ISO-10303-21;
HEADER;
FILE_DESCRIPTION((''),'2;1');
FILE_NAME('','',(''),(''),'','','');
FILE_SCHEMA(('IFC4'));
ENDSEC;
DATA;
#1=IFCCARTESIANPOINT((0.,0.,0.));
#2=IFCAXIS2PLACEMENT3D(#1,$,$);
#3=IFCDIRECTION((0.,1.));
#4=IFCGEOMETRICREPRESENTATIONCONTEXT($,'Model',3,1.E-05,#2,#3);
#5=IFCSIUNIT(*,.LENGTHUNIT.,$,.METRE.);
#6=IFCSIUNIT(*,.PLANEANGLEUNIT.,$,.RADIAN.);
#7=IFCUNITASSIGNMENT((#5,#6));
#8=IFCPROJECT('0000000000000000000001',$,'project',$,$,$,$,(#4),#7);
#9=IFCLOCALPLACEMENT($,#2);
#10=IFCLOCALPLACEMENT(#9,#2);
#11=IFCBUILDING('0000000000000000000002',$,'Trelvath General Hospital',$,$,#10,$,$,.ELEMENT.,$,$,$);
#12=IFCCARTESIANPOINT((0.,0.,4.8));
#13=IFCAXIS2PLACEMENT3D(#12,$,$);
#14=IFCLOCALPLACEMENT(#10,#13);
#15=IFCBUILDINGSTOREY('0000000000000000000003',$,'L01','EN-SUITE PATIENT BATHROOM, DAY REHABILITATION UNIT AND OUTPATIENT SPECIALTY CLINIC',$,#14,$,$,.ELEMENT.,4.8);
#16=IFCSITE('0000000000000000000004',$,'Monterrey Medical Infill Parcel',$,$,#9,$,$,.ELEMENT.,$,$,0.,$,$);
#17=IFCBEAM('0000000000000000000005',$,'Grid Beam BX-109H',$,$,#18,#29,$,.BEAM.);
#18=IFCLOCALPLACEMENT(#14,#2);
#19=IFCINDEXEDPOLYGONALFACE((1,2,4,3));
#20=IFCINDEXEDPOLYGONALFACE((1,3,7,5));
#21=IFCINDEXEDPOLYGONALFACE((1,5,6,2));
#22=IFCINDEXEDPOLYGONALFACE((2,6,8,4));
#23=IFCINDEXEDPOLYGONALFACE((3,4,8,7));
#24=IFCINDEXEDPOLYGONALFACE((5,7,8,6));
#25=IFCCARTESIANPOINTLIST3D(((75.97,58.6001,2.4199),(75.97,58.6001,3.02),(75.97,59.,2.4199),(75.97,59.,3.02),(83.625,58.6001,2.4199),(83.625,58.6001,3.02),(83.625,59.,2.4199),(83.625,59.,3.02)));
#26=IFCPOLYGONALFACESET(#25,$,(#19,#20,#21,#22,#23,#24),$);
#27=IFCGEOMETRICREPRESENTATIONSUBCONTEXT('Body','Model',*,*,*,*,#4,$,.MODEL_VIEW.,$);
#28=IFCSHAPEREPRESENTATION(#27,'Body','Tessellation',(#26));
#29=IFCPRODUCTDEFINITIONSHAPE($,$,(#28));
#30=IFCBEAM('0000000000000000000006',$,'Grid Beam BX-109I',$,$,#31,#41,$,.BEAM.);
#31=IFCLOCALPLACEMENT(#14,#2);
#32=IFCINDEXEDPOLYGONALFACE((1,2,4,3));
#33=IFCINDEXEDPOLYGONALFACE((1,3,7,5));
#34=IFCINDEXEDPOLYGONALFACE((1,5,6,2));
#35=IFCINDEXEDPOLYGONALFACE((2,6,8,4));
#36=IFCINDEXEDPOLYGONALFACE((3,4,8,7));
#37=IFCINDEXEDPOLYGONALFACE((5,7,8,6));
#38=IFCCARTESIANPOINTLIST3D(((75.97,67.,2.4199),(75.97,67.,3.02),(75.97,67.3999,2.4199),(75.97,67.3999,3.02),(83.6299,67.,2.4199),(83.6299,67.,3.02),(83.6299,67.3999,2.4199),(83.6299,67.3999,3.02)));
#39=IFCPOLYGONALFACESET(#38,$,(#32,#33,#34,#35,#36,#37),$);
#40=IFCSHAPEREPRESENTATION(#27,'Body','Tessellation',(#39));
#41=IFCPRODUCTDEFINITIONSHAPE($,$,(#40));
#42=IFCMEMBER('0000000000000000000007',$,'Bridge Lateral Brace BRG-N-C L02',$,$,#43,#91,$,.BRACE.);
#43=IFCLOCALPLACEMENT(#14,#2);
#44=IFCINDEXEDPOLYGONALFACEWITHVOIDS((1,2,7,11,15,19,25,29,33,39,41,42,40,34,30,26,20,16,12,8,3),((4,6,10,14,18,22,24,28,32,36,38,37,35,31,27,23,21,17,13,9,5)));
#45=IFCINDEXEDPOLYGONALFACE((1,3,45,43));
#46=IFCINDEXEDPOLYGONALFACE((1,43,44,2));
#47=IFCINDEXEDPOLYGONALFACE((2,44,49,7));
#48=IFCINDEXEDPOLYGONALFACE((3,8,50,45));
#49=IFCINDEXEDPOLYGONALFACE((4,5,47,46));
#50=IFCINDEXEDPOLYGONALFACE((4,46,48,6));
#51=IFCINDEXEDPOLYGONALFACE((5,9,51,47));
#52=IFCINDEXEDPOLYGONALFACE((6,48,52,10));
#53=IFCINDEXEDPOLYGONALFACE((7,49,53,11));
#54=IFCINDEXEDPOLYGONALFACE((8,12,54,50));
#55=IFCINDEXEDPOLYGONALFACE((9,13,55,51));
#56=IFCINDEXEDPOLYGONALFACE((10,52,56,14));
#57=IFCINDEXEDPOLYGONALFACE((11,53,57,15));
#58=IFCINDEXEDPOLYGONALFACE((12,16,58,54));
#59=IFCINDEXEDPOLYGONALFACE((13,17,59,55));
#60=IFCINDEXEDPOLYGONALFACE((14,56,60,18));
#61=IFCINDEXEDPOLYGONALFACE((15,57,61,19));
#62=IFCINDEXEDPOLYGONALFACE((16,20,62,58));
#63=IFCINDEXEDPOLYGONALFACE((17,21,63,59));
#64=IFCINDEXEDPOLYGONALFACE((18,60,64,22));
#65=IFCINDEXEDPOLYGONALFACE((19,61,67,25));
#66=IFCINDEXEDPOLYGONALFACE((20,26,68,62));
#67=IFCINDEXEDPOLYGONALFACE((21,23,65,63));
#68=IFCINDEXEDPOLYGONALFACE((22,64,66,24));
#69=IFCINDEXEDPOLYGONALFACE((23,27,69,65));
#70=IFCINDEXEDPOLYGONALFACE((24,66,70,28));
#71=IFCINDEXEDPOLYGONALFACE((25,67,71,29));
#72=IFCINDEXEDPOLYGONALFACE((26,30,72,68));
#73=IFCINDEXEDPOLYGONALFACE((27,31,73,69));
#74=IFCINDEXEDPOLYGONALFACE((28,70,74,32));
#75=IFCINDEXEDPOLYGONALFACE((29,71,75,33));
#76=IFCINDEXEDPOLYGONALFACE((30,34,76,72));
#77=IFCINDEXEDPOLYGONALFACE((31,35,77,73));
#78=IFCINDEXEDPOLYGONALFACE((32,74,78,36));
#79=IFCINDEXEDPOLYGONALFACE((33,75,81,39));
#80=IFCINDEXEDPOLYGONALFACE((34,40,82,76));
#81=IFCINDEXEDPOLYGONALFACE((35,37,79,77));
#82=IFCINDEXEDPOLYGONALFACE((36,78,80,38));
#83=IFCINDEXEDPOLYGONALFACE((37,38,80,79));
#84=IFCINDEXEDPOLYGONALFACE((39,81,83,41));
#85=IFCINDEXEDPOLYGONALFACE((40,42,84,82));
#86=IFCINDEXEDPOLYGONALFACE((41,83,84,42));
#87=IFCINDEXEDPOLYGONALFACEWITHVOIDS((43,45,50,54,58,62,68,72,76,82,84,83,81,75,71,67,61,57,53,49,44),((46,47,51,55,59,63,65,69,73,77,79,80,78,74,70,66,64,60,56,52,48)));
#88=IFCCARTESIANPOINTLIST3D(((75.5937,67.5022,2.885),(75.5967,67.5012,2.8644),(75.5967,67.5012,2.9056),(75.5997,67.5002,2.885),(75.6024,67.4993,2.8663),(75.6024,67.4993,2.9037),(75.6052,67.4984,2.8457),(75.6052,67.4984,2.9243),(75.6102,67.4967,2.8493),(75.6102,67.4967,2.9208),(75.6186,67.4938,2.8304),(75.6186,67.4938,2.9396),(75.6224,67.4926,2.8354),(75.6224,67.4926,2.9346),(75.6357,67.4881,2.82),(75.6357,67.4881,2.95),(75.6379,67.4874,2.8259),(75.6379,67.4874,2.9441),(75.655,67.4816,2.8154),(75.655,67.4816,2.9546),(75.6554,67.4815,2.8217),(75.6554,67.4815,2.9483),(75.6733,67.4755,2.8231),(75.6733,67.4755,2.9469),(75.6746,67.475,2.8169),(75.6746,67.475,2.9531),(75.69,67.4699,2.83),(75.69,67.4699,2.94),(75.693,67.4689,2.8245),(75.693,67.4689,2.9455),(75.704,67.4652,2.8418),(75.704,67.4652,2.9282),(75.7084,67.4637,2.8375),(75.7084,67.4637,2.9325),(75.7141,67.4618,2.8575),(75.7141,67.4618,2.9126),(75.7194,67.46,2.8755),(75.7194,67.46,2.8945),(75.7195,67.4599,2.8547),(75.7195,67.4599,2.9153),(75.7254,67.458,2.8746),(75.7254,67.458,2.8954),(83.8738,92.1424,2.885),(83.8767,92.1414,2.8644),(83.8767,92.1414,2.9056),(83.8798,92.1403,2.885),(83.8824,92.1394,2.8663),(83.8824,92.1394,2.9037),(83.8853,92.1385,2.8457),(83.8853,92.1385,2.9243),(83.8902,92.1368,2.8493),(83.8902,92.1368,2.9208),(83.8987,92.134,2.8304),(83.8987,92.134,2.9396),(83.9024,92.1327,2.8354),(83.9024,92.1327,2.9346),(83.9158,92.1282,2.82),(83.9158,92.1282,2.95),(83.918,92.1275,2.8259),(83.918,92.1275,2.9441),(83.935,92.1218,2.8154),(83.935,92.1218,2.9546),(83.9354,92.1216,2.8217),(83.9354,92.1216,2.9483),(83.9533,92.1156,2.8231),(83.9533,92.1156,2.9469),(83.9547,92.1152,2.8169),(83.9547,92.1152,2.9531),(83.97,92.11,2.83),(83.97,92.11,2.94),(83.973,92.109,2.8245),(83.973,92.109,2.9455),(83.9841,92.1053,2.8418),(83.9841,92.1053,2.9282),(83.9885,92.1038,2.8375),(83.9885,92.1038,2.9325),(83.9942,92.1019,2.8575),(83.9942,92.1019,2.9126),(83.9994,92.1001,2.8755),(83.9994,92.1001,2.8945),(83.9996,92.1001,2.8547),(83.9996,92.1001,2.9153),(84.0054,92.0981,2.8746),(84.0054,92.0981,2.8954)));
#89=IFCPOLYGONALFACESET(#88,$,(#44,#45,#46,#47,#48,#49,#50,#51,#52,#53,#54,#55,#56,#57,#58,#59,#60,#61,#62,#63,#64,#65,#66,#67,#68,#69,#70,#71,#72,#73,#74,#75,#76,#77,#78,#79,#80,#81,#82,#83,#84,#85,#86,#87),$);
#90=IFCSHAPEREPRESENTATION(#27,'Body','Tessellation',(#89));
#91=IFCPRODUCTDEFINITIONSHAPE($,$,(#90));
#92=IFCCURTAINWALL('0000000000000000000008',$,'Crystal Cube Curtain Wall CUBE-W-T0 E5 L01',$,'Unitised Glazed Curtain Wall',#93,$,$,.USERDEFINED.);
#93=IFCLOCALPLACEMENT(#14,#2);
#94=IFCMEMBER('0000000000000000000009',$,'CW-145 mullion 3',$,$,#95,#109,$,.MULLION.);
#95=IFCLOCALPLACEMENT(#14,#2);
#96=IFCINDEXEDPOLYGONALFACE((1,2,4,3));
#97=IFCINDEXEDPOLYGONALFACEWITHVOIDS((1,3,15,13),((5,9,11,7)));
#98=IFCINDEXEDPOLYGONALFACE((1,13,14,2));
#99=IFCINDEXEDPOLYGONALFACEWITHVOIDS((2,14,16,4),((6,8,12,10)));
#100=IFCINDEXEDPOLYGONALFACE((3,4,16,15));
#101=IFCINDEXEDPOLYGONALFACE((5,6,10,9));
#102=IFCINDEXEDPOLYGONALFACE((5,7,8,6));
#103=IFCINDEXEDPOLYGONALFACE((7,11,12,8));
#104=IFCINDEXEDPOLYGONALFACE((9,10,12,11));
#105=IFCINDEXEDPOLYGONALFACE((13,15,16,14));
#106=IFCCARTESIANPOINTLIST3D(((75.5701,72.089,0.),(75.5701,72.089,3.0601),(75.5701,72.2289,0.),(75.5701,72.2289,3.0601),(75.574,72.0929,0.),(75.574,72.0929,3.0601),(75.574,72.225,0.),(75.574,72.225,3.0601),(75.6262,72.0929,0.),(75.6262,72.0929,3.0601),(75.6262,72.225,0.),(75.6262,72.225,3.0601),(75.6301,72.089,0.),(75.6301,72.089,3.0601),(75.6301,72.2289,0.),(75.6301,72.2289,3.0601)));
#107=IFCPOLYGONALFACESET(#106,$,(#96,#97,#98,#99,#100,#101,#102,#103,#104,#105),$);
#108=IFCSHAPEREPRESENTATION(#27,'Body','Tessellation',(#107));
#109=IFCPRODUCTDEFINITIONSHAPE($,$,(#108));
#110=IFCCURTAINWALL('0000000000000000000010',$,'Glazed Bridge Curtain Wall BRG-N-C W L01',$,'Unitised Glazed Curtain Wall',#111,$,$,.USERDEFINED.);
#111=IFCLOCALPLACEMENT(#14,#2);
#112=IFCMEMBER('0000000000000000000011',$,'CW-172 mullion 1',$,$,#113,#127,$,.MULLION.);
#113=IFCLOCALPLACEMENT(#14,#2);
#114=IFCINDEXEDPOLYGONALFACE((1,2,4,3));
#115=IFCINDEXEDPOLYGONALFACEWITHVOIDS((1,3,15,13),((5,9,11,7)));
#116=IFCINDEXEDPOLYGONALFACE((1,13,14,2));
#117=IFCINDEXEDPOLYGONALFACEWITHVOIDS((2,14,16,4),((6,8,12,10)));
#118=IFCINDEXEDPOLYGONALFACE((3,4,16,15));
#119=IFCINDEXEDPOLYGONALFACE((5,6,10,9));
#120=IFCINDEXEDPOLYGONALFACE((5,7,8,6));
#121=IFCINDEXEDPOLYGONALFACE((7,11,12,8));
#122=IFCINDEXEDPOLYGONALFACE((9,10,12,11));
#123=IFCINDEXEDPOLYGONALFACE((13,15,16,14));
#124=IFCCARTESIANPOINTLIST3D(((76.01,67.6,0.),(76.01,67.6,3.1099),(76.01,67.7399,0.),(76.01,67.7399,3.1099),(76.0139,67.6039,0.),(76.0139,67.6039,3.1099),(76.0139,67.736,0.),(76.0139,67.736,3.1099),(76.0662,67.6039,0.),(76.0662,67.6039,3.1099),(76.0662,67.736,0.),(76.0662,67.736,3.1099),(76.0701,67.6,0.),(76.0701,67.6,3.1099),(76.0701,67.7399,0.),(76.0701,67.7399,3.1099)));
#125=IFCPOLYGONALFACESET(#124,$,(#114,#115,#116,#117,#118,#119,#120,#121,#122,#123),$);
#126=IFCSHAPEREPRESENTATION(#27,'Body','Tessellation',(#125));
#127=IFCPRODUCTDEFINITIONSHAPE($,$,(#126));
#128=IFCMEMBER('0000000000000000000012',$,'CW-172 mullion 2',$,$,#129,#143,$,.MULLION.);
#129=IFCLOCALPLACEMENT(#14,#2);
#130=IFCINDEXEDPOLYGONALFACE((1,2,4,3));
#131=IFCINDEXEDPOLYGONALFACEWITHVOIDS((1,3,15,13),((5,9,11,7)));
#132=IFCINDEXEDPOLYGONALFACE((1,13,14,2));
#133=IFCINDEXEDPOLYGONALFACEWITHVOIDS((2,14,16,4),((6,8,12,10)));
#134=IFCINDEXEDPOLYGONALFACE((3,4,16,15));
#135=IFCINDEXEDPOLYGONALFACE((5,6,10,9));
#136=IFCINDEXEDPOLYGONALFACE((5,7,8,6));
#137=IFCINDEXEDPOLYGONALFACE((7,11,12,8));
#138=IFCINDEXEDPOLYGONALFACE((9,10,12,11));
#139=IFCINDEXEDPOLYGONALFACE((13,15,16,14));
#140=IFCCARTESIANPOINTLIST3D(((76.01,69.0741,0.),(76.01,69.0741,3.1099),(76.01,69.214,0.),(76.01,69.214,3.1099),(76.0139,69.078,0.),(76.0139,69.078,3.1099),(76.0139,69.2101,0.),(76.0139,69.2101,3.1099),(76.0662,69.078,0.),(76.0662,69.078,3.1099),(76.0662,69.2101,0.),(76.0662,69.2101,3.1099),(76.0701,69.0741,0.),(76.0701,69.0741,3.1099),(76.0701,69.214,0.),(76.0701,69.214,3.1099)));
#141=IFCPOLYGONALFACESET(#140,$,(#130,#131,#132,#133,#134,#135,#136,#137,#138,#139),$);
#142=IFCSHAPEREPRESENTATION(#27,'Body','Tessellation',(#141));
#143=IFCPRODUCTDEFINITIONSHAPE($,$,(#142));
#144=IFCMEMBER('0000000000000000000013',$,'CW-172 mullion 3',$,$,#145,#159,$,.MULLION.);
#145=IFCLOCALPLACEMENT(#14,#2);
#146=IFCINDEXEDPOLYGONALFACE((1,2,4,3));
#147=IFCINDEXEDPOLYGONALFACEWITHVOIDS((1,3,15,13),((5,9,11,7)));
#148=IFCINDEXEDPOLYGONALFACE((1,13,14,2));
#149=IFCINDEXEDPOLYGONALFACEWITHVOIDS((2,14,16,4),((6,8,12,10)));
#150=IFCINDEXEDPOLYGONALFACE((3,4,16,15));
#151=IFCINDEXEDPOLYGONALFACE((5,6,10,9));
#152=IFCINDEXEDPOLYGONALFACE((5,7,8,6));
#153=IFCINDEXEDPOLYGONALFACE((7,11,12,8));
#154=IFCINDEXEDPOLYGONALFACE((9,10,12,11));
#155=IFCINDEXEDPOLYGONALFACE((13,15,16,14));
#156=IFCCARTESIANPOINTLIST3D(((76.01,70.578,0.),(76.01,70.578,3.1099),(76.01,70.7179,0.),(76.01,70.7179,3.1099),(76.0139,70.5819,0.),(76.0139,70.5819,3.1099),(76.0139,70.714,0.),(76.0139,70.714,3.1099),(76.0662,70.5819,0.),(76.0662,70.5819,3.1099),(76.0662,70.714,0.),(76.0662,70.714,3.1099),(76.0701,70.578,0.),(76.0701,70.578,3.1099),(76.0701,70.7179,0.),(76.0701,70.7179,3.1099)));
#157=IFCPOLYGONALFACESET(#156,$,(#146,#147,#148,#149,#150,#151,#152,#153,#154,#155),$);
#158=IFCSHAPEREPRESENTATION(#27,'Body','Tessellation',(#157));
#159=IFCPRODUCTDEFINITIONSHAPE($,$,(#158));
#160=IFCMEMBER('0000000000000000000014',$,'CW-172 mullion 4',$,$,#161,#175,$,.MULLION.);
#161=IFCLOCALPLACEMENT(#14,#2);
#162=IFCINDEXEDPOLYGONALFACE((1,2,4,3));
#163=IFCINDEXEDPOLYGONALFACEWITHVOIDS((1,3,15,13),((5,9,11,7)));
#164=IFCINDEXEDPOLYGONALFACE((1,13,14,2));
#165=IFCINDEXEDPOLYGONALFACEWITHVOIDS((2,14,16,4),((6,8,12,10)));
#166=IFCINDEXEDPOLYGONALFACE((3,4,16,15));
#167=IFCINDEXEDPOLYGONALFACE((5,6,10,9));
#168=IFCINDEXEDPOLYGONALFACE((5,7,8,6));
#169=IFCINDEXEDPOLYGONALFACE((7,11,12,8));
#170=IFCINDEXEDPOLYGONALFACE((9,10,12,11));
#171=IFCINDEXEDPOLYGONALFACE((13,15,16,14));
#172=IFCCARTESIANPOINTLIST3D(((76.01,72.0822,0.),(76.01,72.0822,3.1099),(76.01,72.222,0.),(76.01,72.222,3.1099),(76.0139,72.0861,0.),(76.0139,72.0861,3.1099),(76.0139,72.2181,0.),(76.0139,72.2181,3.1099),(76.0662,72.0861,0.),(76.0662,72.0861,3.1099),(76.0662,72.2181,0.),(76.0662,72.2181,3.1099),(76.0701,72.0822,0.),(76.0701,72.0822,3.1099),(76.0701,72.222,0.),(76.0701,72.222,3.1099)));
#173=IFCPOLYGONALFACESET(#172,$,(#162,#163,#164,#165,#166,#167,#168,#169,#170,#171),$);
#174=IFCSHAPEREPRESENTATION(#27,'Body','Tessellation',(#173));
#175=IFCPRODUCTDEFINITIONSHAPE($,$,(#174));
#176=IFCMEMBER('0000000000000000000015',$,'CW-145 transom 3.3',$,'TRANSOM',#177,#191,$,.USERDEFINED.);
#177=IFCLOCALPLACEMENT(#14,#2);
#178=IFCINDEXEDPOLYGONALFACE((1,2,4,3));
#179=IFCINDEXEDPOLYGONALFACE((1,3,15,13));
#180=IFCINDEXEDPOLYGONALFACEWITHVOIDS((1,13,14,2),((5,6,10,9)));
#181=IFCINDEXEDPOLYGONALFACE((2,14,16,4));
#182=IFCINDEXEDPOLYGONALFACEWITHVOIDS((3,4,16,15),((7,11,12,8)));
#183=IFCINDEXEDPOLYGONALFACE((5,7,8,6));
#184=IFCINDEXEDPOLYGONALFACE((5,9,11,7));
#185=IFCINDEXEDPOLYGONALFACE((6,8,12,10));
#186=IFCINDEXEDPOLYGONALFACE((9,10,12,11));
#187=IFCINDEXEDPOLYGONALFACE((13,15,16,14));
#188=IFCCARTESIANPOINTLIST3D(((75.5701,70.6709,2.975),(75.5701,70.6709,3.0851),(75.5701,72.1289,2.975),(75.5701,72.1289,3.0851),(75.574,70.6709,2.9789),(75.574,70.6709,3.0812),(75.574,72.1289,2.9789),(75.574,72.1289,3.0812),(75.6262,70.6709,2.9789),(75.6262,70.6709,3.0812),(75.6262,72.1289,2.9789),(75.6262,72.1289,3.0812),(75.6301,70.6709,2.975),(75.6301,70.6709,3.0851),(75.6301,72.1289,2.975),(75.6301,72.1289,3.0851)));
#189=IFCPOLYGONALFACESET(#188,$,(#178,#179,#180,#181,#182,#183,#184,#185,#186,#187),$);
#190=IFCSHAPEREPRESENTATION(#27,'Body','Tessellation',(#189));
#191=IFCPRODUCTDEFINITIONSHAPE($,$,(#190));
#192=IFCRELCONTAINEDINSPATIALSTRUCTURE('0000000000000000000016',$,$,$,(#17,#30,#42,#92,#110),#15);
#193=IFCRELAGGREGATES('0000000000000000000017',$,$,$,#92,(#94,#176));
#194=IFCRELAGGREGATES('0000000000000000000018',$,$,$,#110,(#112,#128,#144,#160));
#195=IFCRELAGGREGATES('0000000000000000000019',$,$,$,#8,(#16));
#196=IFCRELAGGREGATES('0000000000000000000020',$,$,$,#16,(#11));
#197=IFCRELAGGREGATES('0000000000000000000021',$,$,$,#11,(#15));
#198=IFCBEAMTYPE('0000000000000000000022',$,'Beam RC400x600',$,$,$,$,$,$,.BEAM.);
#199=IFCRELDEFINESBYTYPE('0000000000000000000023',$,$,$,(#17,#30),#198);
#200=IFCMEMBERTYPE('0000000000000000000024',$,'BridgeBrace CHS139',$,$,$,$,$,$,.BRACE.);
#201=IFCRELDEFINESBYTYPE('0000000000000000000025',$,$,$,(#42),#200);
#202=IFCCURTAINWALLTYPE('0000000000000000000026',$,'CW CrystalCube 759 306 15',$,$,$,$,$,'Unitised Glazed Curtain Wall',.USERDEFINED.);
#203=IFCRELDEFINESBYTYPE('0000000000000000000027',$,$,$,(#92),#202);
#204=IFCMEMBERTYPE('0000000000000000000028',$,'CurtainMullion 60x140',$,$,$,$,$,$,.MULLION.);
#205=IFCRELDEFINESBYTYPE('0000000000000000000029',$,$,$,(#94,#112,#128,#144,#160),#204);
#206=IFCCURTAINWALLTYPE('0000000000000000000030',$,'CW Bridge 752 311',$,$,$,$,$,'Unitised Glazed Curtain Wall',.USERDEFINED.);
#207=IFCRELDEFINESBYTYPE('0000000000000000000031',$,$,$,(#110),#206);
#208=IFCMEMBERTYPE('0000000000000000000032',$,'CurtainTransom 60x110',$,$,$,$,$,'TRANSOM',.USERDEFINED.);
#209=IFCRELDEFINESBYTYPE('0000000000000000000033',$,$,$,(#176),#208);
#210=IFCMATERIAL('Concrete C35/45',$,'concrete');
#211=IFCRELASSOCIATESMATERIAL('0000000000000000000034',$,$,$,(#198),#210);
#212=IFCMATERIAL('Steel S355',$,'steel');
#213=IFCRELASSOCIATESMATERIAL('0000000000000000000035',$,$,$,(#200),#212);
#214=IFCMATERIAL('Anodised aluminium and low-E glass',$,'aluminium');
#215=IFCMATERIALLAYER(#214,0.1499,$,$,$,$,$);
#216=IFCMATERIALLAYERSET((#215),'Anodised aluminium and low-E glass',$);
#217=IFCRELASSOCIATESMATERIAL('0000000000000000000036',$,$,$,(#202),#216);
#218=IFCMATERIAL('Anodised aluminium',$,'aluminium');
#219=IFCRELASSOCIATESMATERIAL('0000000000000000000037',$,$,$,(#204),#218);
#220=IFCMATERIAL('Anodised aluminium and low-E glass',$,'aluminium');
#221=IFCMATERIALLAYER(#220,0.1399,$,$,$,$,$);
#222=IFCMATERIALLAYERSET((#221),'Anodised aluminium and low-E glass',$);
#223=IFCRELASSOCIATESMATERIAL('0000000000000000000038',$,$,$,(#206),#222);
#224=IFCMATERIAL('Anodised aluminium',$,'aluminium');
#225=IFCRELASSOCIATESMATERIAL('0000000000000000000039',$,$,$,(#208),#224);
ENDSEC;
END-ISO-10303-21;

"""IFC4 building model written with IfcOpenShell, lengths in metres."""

from ifc_helpers import new_model, si_unit, direction, frame, origin, origin_2d, place, context, subcontext, project, spatial, rectangle, hollow_rectangle, hollow_circle, extrude, material, layer, layer_set, material_profile, profile_set, type_object, element, aggregate, save


model = new_model("IFC4")

# Units and contexts
model_context = context("Model", 3, precision=1e-05, world=origin(), true_north=direction((0.0, 1.0)))
body_context = subcontext(model_context, "Body", "Model", "MODEL_VIEW")
ifc_project = project(units=[si_unit("LENGTHUNIT", "METRE"), si_unit("PLANEANGLEUNIT", "RADIAN")], contexts=[model_context])

# Site, building, storey
site_placement = place(None, origin())
site = spatial("IfcSite", under=ifc_project, at=site_placement, Name="Monterrey Medical Infill Parcel", CompositionType="ELEMENT", RefElevation=0.0)
building_placement = place(site_placement, origin())
building = spatial("IfcBuilding", under=site, at=building_placement, Name="Trelvath General Hospital", CompositionType="ELEMENT")
storey_placement = place(building_placement, frame((0.0, 0.0, 4.8)))
storey = spatial("IfcBuildingStorey", under=building, at=storey_placement, Name="L01", Description="EN-SUITE PATIENT BATHROOM, DAY REHABILITATION UNIT AND OUTPATIENT SPECIALTY CLINIC", CompositionType="ELEMENT", Elevation=4.8)

# Beams
ifc_material_1 = material(Name="Concrete C35/45", Category="concrete")
ifc_material_profile_1 = material_profile(ifc_material_1, rectangle(XDim=0.3999, YDim=0.6001, at=origin_2d()), Name="RCB400x600")
ifc_profile_set_1 = profile_set([ifc_material_profile_1], Name="Concrete C35/45")
beam_type = type_object("IfcBeamType", Name="Beam RC400x600", PredefinedType="BEAM", material=ifc_profile_set_1)
beam_1_placement = place(storey_placement, frame((75.97, 58.8, 2.72), z_axis=(1.0, 0.0, 0.0), x_axis=(0.0, 1.0, 0.0)))
element("IfcBeam", 1, at=beam_1_placement, inside=storey, type_object=beam_type, Name="Grid Beam BX-109H", PredefinedType="BEAM", context=body_context, shape_type="SweptSolid", body=[
    extrude(rectangle(XDim=0.3999, YDim=0.6001, at=origin_2d()), origin(), (0.0, 0.0, 1.0), 7.655),
])
beam_2_placement = place(storey_placement, frame((75.97, 67.2, 2.72), z_axis=(1.0, 0.0, 0.0), x_axis=(0.0, 1.0, 0.0)))
element("IfcBeam", 2, at=beam_2_placement, inside=storey, type_object=beam_type, Name="Grid Beam BX-109I", PredefinedType="BEAM", context=body_context, shape_type="SweptSolid", body=[
    extrude(rectangle(XDim=0.3999, YDim=0.6001, at=origin_2d()), origin(), (0.0, 0.0, 1.0), 7.6599),
])

# Member
ifc_material_2 = material(Name="Steel S355", Category="steel")
ifc_material_profile_2 = material_profile(ifc_material_2, hollow_circle(Radius=0.0698, WallThickness=0.0063, at=origin_2d()), Name="CHS139.7x6.3")
ifc_profile_set_2 = profile_set([ifc_material_profile_2], Name="Steel S355")
member_type_1 = type_object("IfcMemberType", Name="BridgeBrace CHS139", PredefinedType="BRACE", material=ifc_profile_set_2)
member_1_placement = place(storey_placement, frame((75.6599, 67.48, 2.885), z_axis=(0.318534, 0.947911, 0.0), x_axis=(-0.947911, 0.318534, 0.0)))
element("IfcMember", 3, at=member_1_placement, inside=storey, type_object=member_type_1, Name="Bridge Lateral Brace BRG-N-C L02", PredefinedType="BRACE", context=body_context, shape_type="SweptSolid", body=[
    extrude(hollow_circle(Radius=0.0698, WallThickness=0.0063, at=origin_2d()), origin(), (0.0, 0.0, 1.0), 25.9941),
])

# Curtain wall, member
ifc_material_3 = material(Name="Anodised aluminium and low-E glass", Category="aluminium")
ifc_layer_1 = layer(ifc_material_3, 0.1499)
ifc_layer_set_1 = layer_set([ifc_layer_1], Name="Anodised aluminium and low-E glass")
curtain_wall_type_1 = type_object("IfcCurtainWallType", Name="CW CrystalCube 759 306 15", ElementType="Unitised Glazed Curtain Wall", PredefinedType="USERDEFINED", material=ifc_layer_set_1)
curtain_wall_1_placement = place(storey_placement, origin())
curtain_wall_1 = element("IfcCurtainWall", 4, at=curtain_wall_1_placement, inside=storey, type_object=curtain_wall_type_1, Name="Crystal Cube Curtain Wall CUBE-W-T0 E5 L01", ObjectType="Unitised Glazed Curtain Wall", PredefinedType="USERDEFINED")
ifc_material_4 = material(Name="Anodised aluminium", Category="aluminium")
ifc_material_profile_3 = material_profile(ifc_material_4, hollow_rectangle(XDim=0.0601, YDim=0.1399, WallThickness=0.0039, at=origin_2d()), Name="RHS60x140x4")
ifc_profile_set_3 = profile_set([ifc_material_profile_3], Name="Anodised aluminium")
member_type_2 = type_object("IfcMemberType", Name="CurtainMullion 60x140", PredefinedType="MULLION", material=ifc_profile_set_3)
member_2_placement = place(storey_placement, frame((75.6001, 72.1589, 0.0), z_axis=(0.0, 0.0, 1.0), x_axis=(1.0, 0.0, 0.0)))
member_2 = element("IfcMember", 5, at=member_2_placement, type_object=member_type_2, Name="CW-145 mullion 3", PredefinedType="MULLION", context=body_context, shape_type="SweptSolid", body=[
    extrude(hollow_rectangle(XDim=0.0601, YDim=0.1399, WallThickness=0.0039, at=origin_2d()), origin(), (0.0, 0.0, 1.0), 3.0601),
])

# Curtain wall, members
ifc_material_5 = material(Name="Anodised aluminium and low-E glass", Category="aluminium")
ifc_layer_2 = layer(ifc_material_5, 0.1399)
ifc_layer_set_2 = layer_set([ifc_layer_2], Name="Anodised aluminium and low-E glass")
curtain_wall_type_2 = type_object("IfcCurtainWallType", Name="CW Bridge 752 311", ElementType="Unitised Glazed Curtain Wall", PredefinedType="USERDEFINED", material=ifc_layer_set_2)
curtain_wall_2_placement = place(storey_placement, origin())
curtain_wall_2 = element("IfcCurtainWall", 6, at=curtain_wall_2_placement, inside=storey, type_object=curtain_wall_type_2, Name="Glazed Bridge Curtain Wall BRG-N-C W L01", ObjectType="Unitised Glazed Curtain Wall", PredefinedType="USERDEFINED")
member_3_placement = place(storey_placement, frame((76.04, 67.6699, 0.0), z_axis=(0.0, 0.0, 1.0), x_axis=(-1.0, 0.0, 0.0)))
member_3 = element("IfcMember", 7, at=member_3_placement, type_object=member_type_2, Name="CW-172 mullion 1", PredefinedType="MULLION", context=body_context, shape_type="SweptSolid", body=[
    extrude(hollow_rectangle(XDim=0.0601, YDim=0.1399, WallThickness=0.0039, at=origin_2d()), origin(), (0.0, 0.0, 1.0), 3.1099),
])
member_4_placement = place(storey_placement, frame((76.04, 69.144, 0.0), z_axis=(0.0, 0.0, 1.0), x_axis=(-1.0, 0.0, 0.0)))
member_4 = element("IfcMember", 8, at=member_4_placement, type_object=member_type_2, Name="CW-172 mullion 2", PredefinedType="MULLION", context=body_context, shape_type="SweptSolid", body=[
    extrude(hollow_rectangle(XDim=0.0601, YDim=0.1399, WallThickness=0.0039, at=origin_2d()), origin(), (0.0, 0.0, 1.0), 3.1099),
])
member_5_placement = place(storey_placement, frame((76.04, 70.6479, 0.0), z_axis=(0.0, 0.0, 1.0), x_axis=(-1.0, 0.0, 0.0)))
member_5 = element("IfcMember", 9, at=member_5_placement, type_object=member_type_2, Name="CW-172 mullion 3", PredefinedType="MULLION", context=body_context, shape_type="SweptSolid", body=[
    extrude(hollow_rectangle(XDim=0.0601, YDim=0.1399, WallThickness=0.0039, at=origin_2d()), origin(), (0.0, 0.0, 1.0), 3.1099),
])
member_6_placement = place(storey_placement, frame((76.04, 72.1521, 0.0), z_axis=(0.0, 0.0, 1.0), x_axis=(-1.0, 0.0, 0.0)))
member_6 = element("IfcMember", 10, at=member_6_placement, type_object=member_type_2, Name="CW-172 mullion 4", PredefinedType="MULLION", context=body_context, shape_type="SweptSolid", body=[
    extrude(hollow_rectangle(XDim=0.0601, YDim=0.1399, WallThickness=0.0039, at=origin_2d()), origin(), (0.0, 0.0, 1.0), 3.1099),
])

# Member
ifc_material_6 = material(Name="Anodised aluminium", Category="aluminium")
ifc_material_profile_4 = material_profile(ifc_material_6, hollow_rectangle(XDim=0.0601, YDim=0.1101, WallThickness=0.0039, at=origin_2d()), Name="RHS60x110x4")
ifc_profile_set_4 = profile_set([ifc_material_profile_4], Name="Anodised aluminium")
member_type_3 = type_object("IfcMemberType", Name="CurtainTransom 60x110", ElementType="TRANSOM", PredefinedType="USERDEFINED", material=ifc_profile_set_4)
member_7_placement = place(storey_placement, frame((75.6001, 72.1289, 3.03), z_axis=(0.0, -1.0, 0.0), x_axis=(1.0, 0.0, 0.0)))
member_7 = element("IfcMember", 11, at=member_7_placement, type_object=member_type_3, Name="CW-145 transom 3.3", ObjectType="TRANSOM", PredefinedType="USERDEFINED", context=body_context, shape_type="SweptSolid", body=[
    extrude(hollow_rectangle(XDim=0.0601, YDim=0.1101, WallThickness=0.0039, at=origin_2d()), origin(), (0.0, 0.0, 1.0), 1.458),
])

aggregate(curtain_wall_1, [member_2, member_7])
aggregate(curtain_wall_2, [member_3, member_4, member_5, member_6])

save(model, "model.ifc")
